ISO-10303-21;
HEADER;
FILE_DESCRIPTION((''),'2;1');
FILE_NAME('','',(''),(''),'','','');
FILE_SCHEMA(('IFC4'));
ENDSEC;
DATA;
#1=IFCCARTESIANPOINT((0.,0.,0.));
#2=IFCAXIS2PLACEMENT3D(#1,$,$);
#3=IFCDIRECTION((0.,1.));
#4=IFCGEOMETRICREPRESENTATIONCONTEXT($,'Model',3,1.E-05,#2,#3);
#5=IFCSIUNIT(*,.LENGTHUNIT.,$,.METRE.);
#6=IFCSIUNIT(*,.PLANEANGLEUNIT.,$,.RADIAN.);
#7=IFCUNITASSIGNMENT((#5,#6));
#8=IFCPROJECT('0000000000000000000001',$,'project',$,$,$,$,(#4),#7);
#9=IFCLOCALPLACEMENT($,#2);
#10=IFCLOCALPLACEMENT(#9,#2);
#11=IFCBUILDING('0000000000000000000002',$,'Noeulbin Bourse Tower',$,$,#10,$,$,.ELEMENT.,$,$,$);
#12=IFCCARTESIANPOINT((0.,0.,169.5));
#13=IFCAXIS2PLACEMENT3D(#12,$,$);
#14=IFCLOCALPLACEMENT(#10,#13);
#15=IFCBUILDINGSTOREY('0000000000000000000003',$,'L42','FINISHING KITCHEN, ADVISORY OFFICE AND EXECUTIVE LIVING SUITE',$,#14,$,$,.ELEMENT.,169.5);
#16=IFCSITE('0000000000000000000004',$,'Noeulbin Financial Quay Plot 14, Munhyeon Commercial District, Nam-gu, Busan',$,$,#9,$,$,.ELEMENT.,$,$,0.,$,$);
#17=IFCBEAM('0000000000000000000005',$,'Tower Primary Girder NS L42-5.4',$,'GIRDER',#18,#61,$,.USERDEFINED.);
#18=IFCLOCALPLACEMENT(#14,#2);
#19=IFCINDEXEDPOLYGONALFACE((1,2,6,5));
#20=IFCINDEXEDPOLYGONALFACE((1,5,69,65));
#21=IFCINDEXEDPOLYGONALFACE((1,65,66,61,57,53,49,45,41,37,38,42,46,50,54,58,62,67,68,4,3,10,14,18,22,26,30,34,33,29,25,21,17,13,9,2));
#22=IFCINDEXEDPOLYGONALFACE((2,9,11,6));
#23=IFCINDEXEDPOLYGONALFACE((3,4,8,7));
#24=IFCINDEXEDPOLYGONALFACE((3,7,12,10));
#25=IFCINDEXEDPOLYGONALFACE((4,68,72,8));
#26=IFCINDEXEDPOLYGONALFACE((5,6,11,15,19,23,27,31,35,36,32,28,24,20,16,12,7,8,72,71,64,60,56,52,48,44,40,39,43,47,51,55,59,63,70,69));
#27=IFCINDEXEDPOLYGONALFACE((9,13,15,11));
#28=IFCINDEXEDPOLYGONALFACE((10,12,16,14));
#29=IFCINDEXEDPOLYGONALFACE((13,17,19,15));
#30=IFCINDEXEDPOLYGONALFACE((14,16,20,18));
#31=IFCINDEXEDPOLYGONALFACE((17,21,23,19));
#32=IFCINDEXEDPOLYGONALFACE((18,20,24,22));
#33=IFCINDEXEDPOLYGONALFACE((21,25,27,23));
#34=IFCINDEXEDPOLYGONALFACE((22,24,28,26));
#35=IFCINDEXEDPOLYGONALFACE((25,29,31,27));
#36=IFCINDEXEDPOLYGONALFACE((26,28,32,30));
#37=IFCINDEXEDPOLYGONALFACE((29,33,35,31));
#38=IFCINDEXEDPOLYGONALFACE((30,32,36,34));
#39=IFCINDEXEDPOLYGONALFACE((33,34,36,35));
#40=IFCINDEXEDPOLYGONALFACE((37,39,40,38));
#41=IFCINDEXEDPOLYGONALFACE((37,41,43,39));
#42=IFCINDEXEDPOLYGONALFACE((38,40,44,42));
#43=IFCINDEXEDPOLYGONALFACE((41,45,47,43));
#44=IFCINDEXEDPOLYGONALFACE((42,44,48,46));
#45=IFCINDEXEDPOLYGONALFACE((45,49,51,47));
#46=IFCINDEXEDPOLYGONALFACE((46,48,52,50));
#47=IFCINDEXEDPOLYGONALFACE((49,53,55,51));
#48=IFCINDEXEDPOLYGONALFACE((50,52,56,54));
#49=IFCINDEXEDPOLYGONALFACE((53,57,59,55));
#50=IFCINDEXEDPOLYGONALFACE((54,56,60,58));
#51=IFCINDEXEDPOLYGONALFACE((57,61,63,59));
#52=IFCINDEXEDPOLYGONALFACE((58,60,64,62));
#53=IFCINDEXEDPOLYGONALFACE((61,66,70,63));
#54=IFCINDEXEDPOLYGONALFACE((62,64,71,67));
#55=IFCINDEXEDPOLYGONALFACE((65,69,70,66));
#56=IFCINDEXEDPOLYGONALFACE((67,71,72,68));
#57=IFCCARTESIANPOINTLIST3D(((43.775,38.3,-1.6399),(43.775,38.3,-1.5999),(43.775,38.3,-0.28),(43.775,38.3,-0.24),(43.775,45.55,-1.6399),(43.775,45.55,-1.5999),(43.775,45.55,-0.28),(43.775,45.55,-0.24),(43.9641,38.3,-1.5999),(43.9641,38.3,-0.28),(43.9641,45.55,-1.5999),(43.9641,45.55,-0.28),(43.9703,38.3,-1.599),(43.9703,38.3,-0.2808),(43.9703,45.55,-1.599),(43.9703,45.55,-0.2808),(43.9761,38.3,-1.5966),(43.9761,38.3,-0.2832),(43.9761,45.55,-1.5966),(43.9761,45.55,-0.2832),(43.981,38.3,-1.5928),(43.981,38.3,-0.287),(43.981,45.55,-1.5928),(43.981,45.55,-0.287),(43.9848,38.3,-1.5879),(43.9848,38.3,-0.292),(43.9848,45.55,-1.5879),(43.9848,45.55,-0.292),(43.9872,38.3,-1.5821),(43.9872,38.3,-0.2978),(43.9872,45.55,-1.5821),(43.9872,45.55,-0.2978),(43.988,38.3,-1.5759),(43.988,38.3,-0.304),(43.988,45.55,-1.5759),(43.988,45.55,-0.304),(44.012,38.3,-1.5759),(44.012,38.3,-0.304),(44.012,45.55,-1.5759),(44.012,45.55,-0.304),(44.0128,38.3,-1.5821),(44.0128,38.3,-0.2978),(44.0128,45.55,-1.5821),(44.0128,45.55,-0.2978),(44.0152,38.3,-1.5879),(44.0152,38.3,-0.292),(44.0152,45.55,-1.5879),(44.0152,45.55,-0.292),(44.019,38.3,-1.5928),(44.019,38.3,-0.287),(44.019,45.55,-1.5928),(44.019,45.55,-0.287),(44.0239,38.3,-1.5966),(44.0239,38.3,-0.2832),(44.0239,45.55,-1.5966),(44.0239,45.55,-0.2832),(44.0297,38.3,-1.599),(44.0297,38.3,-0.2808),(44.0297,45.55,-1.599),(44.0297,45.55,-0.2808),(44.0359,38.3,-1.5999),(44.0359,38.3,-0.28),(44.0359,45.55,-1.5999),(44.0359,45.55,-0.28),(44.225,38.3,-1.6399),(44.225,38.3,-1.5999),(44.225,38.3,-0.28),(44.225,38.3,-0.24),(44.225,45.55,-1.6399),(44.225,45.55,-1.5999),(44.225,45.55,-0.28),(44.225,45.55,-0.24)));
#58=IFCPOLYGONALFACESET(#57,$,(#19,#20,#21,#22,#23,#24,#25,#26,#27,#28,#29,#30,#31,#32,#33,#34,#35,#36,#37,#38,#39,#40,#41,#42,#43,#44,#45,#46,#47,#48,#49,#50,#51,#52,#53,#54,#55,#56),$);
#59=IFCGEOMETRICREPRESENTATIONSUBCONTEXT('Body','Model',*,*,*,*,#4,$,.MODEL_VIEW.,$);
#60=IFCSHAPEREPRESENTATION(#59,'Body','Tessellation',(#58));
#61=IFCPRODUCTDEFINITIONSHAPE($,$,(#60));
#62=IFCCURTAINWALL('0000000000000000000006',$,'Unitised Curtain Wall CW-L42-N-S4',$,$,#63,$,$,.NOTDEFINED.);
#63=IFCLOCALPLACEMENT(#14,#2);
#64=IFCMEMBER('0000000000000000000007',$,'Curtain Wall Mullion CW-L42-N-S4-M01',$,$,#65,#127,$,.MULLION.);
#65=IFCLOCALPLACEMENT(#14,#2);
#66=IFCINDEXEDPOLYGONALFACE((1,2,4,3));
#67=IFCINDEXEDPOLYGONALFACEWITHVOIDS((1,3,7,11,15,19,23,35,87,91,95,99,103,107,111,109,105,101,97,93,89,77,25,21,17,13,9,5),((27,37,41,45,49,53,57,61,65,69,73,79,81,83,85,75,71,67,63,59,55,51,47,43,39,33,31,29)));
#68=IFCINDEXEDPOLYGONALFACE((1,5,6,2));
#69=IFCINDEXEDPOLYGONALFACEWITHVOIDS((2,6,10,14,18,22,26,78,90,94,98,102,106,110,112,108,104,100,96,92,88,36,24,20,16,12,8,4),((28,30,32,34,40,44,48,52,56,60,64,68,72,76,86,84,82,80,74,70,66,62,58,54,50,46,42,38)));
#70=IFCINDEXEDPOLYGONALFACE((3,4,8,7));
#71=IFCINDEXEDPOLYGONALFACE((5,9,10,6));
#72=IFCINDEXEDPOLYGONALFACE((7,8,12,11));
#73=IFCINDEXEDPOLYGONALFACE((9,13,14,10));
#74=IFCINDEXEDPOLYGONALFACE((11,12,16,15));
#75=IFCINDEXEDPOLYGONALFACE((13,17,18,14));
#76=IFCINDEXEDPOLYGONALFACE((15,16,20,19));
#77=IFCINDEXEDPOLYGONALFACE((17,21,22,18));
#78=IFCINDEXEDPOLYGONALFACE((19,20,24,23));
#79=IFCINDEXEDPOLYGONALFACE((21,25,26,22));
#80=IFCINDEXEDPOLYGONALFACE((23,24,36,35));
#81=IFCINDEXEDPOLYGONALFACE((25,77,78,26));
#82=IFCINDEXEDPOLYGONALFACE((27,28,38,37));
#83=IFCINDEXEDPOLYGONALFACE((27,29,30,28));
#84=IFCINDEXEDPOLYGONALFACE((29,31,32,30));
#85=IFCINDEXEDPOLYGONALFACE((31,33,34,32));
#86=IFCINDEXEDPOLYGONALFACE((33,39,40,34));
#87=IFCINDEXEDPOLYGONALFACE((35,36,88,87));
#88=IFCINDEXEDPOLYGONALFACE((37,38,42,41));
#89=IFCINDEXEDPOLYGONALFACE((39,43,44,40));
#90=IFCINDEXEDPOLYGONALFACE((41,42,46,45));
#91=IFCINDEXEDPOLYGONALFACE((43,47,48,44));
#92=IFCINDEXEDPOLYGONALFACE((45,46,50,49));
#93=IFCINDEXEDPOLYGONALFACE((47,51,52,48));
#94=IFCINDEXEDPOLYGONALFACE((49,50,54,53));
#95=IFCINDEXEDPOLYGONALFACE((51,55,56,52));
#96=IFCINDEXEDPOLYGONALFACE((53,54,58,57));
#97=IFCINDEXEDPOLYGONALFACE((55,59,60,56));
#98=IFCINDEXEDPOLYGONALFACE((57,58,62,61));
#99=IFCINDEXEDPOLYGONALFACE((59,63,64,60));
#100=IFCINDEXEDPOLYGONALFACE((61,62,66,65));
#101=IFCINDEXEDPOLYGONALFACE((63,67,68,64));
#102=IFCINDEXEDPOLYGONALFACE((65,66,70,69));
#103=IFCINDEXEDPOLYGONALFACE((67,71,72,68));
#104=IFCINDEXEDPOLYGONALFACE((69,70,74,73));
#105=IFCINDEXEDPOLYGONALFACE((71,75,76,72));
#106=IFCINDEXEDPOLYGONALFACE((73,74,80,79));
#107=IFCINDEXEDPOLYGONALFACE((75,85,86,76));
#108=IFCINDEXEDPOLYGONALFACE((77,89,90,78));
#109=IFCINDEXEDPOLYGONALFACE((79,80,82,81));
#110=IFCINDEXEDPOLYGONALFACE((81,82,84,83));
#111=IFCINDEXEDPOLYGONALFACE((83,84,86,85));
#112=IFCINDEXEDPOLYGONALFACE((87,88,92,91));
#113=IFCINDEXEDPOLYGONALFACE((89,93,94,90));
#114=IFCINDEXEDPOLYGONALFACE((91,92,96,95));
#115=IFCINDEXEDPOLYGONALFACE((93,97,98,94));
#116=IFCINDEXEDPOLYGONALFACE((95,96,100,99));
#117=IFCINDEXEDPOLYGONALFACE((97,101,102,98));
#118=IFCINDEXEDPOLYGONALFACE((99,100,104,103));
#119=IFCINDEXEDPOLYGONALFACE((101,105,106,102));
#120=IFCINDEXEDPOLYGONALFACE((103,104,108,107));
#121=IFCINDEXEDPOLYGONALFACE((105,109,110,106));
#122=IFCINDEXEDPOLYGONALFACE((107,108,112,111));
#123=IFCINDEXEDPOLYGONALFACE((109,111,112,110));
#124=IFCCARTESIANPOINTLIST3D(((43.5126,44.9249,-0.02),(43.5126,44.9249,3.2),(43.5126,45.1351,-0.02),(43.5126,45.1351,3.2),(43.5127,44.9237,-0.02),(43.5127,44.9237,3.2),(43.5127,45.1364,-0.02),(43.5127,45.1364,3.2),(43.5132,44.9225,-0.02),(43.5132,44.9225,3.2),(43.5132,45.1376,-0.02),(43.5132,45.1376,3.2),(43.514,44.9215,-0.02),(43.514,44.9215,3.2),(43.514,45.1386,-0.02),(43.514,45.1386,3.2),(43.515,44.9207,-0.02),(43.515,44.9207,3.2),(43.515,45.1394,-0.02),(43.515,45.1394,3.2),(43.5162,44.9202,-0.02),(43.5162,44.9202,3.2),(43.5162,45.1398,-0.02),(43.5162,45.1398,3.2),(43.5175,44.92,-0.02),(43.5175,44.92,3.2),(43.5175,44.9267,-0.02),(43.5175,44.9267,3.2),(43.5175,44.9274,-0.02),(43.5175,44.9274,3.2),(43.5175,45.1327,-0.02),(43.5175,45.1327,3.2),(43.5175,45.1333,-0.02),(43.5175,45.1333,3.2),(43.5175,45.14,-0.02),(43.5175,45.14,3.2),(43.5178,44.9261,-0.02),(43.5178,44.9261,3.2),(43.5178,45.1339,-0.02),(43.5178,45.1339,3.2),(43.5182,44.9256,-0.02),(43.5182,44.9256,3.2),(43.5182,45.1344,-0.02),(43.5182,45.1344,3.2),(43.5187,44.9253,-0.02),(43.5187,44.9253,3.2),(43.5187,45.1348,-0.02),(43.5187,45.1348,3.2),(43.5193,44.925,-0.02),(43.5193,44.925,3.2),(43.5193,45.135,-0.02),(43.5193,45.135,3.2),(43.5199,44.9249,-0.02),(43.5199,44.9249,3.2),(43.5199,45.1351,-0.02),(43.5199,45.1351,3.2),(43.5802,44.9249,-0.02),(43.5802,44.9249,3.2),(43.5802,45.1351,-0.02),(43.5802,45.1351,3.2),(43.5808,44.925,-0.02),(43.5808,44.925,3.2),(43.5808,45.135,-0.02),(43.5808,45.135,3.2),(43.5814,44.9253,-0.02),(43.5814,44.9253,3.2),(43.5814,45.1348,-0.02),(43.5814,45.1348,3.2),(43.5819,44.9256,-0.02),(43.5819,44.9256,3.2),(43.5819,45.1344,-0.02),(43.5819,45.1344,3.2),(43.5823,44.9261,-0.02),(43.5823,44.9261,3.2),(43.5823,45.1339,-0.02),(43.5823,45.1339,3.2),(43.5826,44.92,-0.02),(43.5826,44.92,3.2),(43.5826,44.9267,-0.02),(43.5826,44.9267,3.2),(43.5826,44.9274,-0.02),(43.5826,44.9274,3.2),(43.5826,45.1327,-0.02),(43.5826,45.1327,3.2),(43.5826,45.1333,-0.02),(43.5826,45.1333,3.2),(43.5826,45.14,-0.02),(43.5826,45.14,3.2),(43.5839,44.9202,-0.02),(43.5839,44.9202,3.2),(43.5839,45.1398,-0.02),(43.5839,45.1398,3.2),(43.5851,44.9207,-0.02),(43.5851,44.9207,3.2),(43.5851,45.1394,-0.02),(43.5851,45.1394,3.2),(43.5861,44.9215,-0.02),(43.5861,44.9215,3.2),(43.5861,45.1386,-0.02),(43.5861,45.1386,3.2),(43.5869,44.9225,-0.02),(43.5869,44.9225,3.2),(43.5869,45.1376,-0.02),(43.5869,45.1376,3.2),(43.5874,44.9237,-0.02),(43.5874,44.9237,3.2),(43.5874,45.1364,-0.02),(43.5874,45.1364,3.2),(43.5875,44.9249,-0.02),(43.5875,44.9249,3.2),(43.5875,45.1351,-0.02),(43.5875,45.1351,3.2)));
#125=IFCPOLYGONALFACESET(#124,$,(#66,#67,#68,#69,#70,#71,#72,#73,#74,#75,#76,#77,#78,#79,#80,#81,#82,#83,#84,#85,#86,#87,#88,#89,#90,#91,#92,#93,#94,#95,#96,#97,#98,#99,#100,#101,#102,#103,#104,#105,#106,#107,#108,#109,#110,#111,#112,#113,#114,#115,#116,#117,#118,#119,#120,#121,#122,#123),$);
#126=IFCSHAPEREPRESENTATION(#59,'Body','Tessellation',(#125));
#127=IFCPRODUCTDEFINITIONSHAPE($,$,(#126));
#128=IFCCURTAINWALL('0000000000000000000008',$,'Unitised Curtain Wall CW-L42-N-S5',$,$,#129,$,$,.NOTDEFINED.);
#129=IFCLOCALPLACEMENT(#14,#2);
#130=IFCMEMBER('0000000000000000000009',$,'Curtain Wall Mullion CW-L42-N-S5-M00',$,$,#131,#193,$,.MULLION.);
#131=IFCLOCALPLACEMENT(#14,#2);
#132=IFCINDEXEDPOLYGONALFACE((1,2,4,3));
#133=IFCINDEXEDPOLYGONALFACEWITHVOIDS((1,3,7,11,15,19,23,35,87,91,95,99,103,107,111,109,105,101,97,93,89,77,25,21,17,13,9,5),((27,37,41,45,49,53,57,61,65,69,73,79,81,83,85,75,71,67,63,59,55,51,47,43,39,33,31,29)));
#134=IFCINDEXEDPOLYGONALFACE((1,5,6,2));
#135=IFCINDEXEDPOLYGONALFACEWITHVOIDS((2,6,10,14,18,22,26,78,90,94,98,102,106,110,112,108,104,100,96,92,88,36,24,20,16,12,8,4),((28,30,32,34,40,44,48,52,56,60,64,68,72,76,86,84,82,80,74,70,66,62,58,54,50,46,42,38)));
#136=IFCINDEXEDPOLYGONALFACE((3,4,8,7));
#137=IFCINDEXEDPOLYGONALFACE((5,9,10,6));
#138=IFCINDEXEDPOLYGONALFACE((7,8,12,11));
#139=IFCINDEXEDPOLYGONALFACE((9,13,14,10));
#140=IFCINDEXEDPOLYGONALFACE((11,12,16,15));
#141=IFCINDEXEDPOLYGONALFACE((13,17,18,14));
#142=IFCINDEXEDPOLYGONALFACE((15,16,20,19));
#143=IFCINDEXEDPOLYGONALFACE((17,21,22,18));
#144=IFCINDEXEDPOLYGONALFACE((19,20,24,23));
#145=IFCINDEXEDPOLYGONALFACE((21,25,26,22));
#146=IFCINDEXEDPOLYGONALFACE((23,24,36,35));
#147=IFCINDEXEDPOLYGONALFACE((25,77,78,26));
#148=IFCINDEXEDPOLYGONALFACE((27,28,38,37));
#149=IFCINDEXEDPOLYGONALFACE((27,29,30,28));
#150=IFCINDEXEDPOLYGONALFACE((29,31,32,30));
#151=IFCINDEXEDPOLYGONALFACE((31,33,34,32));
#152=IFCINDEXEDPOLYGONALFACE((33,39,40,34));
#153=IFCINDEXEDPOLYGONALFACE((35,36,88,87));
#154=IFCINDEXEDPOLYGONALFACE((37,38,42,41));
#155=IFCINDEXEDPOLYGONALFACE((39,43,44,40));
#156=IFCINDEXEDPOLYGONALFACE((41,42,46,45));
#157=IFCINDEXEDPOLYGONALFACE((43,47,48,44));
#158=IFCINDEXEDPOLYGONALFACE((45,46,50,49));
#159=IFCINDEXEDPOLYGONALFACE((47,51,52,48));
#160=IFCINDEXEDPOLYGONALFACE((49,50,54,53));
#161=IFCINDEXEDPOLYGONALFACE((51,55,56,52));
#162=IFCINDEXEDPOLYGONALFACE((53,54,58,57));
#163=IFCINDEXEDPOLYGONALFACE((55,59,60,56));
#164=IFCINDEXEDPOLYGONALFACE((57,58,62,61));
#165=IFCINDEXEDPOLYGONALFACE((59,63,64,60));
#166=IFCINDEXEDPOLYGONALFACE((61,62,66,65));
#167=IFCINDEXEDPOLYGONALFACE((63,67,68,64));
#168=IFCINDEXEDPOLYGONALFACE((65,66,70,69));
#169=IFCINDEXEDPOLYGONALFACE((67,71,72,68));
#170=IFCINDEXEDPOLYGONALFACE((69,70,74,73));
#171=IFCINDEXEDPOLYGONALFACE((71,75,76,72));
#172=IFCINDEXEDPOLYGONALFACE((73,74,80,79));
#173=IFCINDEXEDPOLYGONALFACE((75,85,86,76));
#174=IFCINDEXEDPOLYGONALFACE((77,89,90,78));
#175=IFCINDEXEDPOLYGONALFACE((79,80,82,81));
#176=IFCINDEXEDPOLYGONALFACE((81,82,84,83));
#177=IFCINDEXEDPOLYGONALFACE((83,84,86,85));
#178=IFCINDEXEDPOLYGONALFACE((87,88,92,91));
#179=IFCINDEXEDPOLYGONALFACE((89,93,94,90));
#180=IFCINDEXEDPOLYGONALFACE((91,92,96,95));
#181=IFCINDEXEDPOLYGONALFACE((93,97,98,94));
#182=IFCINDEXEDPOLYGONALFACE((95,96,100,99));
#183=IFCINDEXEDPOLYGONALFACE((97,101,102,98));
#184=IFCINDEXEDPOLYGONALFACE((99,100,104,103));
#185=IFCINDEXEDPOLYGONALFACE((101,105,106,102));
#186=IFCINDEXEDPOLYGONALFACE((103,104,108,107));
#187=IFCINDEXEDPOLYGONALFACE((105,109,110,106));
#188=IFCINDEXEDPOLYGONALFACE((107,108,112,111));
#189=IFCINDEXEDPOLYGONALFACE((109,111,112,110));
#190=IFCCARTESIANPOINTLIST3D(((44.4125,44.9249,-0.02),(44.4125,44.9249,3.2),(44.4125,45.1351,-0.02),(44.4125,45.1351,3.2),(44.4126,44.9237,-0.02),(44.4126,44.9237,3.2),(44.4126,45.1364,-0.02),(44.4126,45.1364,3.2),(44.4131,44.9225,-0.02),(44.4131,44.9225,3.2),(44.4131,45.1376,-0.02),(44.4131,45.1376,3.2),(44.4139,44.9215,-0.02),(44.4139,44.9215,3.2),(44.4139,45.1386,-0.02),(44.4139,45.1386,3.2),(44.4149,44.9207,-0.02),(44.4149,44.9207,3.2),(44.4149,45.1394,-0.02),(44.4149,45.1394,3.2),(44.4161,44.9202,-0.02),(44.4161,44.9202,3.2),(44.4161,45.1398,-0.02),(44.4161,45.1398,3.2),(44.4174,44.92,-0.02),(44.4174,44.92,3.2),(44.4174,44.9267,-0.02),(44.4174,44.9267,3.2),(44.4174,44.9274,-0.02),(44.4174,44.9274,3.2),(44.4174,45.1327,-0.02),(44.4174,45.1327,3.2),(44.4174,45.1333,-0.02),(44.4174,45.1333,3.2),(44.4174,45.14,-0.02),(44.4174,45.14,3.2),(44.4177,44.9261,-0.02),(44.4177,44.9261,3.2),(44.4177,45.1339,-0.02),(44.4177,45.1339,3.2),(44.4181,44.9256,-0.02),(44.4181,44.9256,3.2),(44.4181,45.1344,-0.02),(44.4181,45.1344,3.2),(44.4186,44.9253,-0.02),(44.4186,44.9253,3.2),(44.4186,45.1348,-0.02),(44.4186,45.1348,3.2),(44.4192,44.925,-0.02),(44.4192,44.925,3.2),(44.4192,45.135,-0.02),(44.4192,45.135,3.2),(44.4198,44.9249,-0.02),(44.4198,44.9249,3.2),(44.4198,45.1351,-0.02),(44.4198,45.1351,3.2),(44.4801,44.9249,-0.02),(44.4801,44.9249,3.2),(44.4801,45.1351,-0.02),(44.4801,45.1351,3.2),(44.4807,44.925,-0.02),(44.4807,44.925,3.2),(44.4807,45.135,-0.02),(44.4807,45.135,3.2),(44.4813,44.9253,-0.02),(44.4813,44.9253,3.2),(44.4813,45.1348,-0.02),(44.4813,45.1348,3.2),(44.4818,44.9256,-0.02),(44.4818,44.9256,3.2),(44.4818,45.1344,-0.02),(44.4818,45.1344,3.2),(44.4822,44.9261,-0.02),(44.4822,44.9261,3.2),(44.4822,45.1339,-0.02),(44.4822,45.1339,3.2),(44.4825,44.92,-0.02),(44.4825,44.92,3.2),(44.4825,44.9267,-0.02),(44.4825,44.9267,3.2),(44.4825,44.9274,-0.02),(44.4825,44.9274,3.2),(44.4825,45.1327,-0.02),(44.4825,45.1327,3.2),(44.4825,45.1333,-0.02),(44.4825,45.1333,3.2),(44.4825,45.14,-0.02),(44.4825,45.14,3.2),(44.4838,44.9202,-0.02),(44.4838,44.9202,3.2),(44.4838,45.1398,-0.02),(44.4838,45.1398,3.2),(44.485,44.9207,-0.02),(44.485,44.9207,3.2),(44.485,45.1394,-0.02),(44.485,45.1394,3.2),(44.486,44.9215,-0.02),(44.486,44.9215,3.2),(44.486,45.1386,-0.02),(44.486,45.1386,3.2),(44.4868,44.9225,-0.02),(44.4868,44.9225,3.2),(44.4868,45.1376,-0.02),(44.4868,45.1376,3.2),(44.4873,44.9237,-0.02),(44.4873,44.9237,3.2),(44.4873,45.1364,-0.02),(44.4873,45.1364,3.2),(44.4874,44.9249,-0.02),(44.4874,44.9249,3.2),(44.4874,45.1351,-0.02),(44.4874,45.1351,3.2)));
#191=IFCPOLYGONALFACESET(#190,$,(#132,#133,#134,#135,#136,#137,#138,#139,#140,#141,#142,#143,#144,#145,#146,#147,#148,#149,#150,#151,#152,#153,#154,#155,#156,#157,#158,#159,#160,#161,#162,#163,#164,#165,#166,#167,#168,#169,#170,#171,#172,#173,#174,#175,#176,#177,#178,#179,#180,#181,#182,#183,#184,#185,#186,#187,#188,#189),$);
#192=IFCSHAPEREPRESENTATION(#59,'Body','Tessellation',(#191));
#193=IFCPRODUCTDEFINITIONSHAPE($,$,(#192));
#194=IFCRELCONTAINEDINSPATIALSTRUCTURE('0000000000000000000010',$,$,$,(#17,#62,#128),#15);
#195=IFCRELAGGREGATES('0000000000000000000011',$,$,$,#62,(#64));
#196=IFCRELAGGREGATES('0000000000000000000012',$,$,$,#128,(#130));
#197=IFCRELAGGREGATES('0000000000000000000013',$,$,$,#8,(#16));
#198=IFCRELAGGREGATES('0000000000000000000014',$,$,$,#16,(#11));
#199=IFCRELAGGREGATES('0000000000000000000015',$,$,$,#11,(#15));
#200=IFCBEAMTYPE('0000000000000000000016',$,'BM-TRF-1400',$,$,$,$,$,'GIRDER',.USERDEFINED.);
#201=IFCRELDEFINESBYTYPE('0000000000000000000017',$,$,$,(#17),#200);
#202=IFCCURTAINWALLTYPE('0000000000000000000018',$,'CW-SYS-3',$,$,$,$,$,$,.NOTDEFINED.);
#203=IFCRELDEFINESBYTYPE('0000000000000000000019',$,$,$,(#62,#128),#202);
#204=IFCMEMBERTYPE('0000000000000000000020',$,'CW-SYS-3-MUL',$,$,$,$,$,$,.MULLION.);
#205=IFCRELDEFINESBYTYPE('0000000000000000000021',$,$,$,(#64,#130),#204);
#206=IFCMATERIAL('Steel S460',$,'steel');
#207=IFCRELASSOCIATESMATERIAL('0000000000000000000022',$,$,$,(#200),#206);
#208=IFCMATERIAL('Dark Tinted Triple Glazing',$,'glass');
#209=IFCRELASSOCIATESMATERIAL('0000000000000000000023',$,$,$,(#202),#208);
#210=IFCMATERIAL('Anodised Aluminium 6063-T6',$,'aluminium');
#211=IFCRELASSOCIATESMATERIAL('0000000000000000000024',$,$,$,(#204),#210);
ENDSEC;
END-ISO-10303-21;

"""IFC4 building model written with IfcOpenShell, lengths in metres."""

from ifc_helpers import new_model, si_unit, direction, frame, origin, origin_2d, place, context, subcontext, project, spatial, hollow_rectangle, i_section, extrude, material, material_profile, profile_set, type_object, element, aggregate, save


model = new_model("IFC4")

# Units and contexts
model_context = context("Model", 3, precision=1e-05, world=origin(), true_north=direction((0.0, 1.0)))
body_context = subcontext(model_context, "Body", "Model", "MODEL_VIEW")
ifc_project = project(units=[si_unit("LENGTHUNIT", "METRE"), si_unit("PLANEANGLEUNIT", "RADIAN")], contexts=[model_context])

# Site, building, storey
site_placement = place(None, origin())
site = spatial("IfcSite", under=ifc_project, at=site_placement, Name="Noeulbin Financial Quay Plot 14, Munhyeon Commercial District, Nam-gu, Busan", CompositionType="ELEMENT", RefElevation=0.0)
building_placement = place(site_placement, origin())
building = spatial("IfcBuilding", under=site, at=building_placement, Name="Noeulbin Bourse Tower", CompositionType="ELEMENT")
storey_placement = place(building_placement, frame((0.0, 0.0, 169.5)))
storey = spatial("IfcBuildingStorey", under=building, at=storey_placement, Name="L42", Description="FINISHING KITCHEN, ADVISORY OFFICE AND EXECUTIVE LIVING SUITE", CompositionType="ELEMENT", Elevation=169.5)

# Beam
ifc_material_1 = material(Name="Steel S460", Category="steel")
ifc_material_profile_1 = material_profile(ifc_material_1, i_section(OverallWidth=0.45, OverallDepth=1.3999, WebThickness=0.0239, FlangeThickness=0.04, FilletRadius=0.0239, at=origin_2d()), Name="PG-1400x450x24x40", Category="LoadBearing")
ifc_profile_set_1 = profile_set([ifc_material_profile_1], Name="Steel S460")
beam_type_1 = type_object("IfcBeamType", Name="BM-TRF-1400", ElementType="GIRDER", PredefinedType="USERDEFINED", material=ifc_profile_set_1)
beam_1_placement = place(storey_placement, frame((44.0, 38.3, -0.9399), z_axis=(0.0, 1.0, 0.0), x_axis=(-1.0, 0.0, 0.0)))
element("IfcBeam", 1, at=beam_1_placement, inside=storey, type_object=beam_type_1, Name="Tower Primary Girder NS L42-5.4", ObjectType="GIRDER", PredefinedType="USERDEFINED", context=body_context, shape_type="SweptSolid", body=[
    extrude(i_section(OverallWidth=0.45, OverallDepth=1.3999, WebThickness=0.0239, FlangeThickness=0.04, FilletRadius=0.0239, at=origin_2d()), origin(), (0.0, 0.0, 1.0), 7.25),
])

# Curtain wall, member
ifc_material_2 = material(Name="Dark Tinted Triple Glazing", Category="glass")
curtain_wall_type = type_object("IfcCurtainWallType", Name="CW-SYS-3", PredefinedType="NOTDEFINED", material=ifc_material_2)
curtain_wall_1_placement = place(storey_placement, origin())
curtain_wall_1 = element("IfcCurtainWall", 2, at=curtain_wall_1_placement, inside=storey, type_object=curtain_wall_type, Name="Unitised Curtain Wall CW-L42-N-S4", PredefinedType="NOTDEFINED")
ifc_material_3 = material(Name="Anodised Aluminium 6063-T6", Category="aluminium")
ifc_material_profile_2 = material_profile(ifc_material_3, hollow_rectangle(XDim=0.075, YDim=0.22, WallThickness=0.0049, InnerFilletRadius=0.0024, OuterFilletRadius=0.0049, at=origin_2d()), Name="ALU-MULL-75x220x5", Category="LoadBearing")
ifc_profile_set_2 = profile_set([ifc_material_profile_2], Name="Anodised Aluminium 6063-T6")
member_type_1 = type_object("IfcMemberType", Name="CW-SYS-3-MUL", PredefinedType="MULLION", material=ifc_profile_set_2)
member_1_placement = place(storey_placement, frame((43.55, 45.03, -0.02), z_axis=(0.0, 0.0, 1.0), x_axis=(1.0, 0.0, 0.0)))
member_1 = element("IfcMember", 3, at=member_1_placement, type_object=member_type_1, Name="Curtain Wall Mullion CW-L42-N-S4-M01", PredefinedType="MULLION", context=body_context, shape_type="SweptSolid", body=[
    extrude(hollow_rectangle(XDim=0.075, YDim=0.22, WallThickness=0.0049, InnerFilletRadius=0.0024, OuterFilletRadius=0.0049, at=origin_2d()), origin(), (0.0, 0.0, 1.0), 3.22),
])
aggregate(curtain_wall_1, [member_1])

# Curtain wall, member
curtain_wall_2_placement = place(storey_placement, origin())
curtain_wall_2 = element("IfcCurtainWall", 4, at=curtain_wall_2_placement, inside=storey, type_object=curtain_wall_type, Name="Unitised Curtain Wall CW-L42-N-S5", PredefinedType="NOTDEFINED")
member_2_placement = place(storey_placement, frame((44.45, 45.03, -0.02), z_axis=(0.0, 0.0, 1.0), x_axis=(1.0, 0.0, 0.0)))
member_2 = element("IfcMember", 5, at=member_2_placement, type_object=member_type_1, Name="Curtain Wall Mullion CW-L42-N-S5-M00", PredefinedType="MULLION", context=body_context, shape_type="SweptSolid", body=[
    extrude(hollow_rectangle(XDim=0.075, YDim=0.22, WallThickness=0.0049, InnerFilletRadius=0.0024, OuterFilletRadius=0.0049, at=origin_2d()), origin(), (0.0, 0.0, 1.0), 3.22),
])

aggregate(curtain_wall_2, [member_2])

save(model, "model.ifc")
